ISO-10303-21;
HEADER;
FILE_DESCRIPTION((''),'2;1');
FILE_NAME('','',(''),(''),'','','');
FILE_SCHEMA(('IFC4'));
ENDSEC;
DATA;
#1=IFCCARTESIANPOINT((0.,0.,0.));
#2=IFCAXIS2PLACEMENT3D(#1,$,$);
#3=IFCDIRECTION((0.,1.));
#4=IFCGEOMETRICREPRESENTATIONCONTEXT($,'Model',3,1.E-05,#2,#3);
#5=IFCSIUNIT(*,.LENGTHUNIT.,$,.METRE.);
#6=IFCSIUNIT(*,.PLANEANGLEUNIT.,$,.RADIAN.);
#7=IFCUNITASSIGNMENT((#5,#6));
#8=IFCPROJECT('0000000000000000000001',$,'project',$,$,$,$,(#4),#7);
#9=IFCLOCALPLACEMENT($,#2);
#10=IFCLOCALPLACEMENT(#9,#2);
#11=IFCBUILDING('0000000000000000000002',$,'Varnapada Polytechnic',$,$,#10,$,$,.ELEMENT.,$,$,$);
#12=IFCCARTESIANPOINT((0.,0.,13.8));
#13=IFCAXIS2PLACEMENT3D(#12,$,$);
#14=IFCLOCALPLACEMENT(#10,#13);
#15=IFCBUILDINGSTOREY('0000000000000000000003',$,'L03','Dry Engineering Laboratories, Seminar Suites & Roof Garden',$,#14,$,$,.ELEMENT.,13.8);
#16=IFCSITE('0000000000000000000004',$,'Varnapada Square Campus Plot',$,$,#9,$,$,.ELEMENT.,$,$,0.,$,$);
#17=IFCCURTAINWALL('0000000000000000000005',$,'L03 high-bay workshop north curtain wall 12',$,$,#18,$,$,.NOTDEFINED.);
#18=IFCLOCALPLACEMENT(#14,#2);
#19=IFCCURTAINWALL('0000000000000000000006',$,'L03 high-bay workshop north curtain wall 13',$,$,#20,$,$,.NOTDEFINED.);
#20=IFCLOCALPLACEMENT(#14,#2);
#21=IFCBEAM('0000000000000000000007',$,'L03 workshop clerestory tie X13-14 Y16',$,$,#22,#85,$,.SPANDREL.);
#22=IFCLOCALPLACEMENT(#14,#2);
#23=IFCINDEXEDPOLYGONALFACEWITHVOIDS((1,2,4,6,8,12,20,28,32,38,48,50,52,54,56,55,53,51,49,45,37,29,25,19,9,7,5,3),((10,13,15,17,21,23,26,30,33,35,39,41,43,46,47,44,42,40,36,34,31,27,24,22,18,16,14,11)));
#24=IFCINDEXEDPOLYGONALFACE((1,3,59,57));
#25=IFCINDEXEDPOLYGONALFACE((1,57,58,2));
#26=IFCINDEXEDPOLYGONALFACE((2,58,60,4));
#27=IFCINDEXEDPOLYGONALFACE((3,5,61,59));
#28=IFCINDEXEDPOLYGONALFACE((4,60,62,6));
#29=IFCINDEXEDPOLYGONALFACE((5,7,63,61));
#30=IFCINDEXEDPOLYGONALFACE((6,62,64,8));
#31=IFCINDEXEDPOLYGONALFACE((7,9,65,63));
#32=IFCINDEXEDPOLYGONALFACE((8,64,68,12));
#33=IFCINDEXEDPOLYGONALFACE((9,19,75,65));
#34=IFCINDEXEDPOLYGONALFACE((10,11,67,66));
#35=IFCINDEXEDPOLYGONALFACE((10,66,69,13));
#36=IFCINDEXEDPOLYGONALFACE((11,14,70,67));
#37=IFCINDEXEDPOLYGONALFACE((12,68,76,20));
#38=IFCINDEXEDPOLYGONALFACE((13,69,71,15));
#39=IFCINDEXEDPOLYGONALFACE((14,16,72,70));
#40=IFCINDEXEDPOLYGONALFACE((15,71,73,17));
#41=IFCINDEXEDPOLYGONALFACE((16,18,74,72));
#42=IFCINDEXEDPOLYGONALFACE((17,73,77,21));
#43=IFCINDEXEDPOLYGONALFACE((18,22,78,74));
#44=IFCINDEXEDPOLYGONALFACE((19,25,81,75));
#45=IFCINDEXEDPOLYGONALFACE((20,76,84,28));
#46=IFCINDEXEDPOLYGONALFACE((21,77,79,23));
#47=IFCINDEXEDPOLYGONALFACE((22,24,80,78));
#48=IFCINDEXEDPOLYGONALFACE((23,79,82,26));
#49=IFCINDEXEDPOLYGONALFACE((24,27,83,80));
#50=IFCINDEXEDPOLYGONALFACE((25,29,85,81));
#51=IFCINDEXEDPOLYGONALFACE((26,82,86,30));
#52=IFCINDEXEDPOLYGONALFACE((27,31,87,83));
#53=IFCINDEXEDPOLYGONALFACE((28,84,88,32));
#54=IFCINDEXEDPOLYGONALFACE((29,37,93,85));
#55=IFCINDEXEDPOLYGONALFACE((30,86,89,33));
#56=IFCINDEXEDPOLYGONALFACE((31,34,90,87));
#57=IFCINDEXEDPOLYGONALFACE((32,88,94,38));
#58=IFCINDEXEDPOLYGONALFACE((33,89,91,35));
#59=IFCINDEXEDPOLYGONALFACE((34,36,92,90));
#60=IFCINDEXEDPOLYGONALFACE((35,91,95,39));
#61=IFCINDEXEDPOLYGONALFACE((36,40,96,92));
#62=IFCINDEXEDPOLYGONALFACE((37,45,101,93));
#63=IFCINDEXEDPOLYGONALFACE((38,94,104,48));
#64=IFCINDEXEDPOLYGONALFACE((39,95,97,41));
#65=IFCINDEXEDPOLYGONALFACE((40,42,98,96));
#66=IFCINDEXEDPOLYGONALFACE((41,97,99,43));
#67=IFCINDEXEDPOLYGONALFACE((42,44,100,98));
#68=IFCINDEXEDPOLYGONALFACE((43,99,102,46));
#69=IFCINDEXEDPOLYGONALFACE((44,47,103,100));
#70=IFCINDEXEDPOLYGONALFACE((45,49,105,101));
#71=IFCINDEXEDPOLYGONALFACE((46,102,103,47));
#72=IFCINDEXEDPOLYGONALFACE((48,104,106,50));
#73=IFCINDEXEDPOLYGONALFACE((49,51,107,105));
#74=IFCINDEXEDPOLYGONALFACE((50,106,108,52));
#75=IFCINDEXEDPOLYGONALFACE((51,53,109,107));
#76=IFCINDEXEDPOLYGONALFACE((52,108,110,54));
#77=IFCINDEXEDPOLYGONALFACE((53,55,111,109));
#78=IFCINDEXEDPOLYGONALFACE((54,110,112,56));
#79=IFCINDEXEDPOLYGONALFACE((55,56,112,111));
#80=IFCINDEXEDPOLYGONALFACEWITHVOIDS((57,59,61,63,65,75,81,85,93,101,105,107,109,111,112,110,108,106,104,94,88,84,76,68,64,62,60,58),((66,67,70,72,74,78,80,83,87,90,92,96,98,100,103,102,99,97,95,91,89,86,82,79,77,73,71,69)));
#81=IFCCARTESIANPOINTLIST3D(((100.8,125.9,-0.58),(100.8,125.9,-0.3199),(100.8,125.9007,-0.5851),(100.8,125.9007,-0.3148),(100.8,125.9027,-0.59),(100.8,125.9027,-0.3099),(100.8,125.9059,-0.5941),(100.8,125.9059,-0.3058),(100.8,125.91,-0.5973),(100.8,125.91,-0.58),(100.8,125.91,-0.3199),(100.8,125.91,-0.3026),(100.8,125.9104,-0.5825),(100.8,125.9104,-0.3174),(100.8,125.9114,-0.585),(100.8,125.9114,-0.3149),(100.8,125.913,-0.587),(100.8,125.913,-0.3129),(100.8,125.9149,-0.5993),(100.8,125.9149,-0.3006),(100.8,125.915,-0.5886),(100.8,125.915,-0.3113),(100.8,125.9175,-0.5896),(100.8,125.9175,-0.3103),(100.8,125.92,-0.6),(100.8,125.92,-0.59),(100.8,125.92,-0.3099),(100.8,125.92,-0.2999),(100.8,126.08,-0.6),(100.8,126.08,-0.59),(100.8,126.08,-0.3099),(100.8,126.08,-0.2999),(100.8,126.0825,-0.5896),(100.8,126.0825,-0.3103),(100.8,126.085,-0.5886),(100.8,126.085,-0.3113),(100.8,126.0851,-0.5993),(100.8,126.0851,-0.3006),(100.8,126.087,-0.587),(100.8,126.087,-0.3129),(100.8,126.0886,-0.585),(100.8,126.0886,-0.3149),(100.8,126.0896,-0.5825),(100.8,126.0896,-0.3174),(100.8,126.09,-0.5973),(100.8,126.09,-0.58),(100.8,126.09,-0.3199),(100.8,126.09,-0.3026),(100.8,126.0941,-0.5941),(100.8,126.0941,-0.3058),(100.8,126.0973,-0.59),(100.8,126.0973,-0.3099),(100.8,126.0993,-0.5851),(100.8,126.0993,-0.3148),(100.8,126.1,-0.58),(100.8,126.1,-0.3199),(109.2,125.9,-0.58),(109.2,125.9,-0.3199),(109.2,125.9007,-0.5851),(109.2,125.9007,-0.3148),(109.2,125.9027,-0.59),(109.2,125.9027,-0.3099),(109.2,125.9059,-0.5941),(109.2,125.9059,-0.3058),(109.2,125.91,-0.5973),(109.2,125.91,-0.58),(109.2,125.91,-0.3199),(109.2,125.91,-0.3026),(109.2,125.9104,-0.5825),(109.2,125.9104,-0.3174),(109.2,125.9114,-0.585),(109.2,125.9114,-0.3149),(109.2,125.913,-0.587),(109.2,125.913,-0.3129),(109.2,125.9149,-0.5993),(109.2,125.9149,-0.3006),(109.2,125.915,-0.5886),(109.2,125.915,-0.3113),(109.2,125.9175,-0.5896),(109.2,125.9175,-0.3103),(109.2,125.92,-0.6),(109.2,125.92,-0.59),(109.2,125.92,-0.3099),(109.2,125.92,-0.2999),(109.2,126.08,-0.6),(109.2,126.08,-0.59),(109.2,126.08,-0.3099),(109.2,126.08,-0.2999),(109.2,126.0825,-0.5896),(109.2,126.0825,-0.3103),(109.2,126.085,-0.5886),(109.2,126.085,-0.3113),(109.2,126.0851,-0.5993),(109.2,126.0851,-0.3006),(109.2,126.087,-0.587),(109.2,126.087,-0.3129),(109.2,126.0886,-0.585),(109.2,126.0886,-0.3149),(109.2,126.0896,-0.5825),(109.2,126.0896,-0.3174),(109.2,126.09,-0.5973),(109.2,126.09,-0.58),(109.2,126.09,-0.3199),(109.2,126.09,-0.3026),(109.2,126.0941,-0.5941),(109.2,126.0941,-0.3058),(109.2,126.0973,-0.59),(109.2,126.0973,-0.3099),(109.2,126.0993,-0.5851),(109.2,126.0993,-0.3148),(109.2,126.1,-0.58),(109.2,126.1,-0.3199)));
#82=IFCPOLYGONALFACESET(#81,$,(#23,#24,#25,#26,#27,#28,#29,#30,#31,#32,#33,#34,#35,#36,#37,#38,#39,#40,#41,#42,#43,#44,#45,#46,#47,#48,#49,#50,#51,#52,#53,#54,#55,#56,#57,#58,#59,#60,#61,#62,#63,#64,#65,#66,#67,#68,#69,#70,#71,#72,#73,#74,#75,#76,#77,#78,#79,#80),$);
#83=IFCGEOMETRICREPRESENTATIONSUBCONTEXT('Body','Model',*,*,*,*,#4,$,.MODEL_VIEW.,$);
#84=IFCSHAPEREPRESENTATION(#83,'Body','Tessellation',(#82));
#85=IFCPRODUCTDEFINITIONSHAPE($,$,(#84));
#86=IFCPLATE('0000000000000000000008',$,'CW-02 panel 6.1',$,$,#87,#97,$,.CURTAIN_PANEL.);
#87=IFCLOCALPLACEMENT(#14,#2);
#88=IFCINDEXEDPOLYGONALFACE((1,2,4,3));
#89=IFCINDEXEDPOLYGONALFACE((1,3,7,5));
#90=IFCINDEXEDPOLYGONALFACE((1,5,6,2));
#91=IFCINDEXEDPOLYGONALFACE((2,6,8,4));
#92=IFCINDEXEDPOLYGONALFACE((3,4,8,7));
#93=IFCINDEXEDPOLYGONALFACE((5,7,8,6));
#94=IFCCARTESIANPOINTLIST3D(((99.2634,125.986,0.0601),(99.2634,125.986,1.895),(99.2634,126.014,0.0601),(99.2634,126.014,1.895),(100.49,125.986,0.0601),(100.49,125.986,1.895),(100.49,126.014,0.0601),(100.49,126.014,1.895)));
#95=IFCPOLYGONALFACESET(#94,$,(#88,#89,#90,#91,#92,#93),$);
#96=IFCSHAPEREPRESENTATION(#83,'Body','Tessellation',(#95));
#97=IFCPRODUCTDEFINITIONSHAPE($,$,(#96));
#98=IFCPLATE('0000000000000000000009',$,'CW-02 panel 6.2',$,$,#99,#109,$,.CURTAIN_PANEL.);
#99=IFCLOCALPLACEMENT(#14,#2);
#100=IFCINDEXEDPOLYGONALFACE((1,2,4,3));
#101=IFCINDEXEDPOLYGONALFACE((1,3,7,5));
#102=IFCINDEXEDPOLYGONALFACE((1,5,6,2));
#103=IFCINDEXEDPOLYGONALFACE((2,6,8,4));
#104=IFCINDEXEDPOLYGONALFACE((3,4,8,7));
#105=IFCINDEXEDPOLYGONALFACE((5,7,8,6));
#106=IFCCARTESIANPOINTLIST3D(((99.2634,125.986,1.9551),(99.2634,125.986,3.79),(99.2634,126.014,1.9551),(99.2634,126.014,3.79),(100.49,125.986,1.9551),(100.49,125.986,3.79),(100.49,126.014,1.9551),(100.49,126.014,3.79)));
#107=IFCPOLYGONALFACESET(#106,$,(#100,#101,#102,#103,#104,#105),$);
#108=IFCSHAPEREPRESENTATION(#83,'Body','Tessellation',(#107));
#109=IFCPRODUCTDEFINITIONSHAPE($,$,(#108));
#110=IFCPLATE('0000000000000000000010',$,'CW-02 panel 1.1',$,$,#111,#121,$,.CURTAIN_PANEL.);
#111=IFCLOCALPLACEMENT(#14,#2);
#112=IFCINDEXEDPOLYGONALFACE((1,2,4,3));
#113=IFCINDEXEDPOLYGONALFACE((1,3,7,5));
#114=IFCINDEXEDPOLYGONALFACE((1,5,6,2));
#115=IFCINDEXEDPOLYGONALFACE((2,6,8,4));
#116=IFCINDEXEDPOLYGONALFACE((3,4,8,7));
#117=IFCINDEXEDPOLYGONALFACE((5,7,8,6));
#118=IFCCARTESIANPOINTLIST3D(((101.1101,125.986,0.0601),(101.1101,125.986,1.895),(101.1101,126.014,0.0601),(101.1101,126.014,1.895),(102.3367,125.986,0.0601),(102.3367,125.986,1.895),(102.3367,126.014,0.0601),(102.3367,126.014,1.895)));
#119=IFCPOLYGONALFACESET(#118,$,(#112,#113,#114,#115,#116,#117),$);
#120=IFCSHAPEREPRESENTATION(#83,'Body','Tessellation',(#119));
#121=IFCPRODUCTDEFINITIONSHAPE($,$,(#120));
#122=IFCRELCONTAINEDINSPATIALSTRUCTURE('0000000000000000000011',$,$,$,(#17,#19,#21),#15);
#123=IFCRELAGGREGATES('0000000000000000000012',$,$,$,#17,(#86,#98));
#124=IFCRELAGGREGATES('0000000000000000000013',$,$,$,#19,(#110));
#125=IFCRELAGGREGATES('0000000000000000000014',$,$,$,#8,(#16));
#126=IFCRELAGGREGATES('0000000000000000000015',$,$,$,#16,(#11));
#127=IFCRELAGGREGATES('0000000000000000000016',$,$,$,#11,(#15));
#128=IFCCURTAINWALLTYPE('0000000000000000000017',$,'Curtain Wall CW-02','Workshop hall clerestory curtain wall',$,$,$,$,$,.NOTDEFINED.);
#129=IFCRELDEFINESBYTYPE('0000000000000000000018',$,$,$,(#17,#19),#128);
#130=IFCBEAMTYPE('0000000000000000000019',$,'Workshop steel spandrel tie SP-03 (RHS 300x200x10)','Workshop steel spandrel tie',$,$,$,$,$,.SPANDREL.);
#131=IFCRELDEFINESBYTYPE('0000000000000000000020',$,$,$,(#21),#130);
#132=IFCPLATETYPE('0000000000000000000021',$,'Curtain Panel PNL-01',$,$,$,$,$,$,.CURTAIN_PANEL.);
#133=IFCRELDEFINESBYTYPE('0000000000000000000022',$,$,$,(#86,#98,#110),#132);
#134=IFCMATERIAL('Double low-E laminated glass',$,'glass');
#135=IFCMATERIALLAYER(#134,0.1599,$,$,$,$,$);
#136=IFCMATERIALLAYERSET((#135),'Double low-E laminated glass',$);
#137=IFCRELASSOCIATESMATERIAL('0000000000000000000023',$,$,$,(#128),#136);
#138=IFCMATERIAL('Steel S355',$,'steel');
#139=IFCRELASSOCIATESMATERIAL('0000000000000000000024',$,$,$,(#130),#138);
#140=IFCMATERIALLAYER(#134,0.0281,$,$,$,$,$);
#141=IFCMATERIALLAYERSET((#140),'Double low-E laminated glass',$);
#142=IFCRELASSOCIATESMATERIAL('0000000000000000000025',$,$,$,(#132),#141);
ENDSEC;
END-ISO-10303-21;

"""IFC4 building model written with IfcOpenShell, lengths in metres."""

from ifc_helpers import new_model, si_unit, direction, frame, origin, origin_2d, place, context, subcontext, project, spatial, rectangle, hollow_rectangle, extrude, material, layer, layer_set, material_profile, profile_set, type_object, element, aggregate, save


model = new_model("IFC4")

# Units and contexts
model_context = context("Model", 3, precision=1e-05, world=origin(), true_north=direction((0.0, 1.0)))
body_context = subcontext(model_context, "Body", "Model", "MODEL_VIEW")
ifc_project = project(units=[si_unit("LENGTHUNIT", "METRE"), si_unit("PLANEANGLEUNIT", "RADIAN")], contexts=[model_context])

# Site, building, storey
site_placement = place(None, origin())
site = spatial("IfcSite", under=ifc_project, at=site_placement, Name="Varnapada Square Campus Plot", CompositionType="ELEMENT", RefElevation=0.0)
building_placement = place(site_placement, origin())
building = spatial("IfcBuilding", under=site, at=building_placement, Name="Varnapada Polytechnic", CompositionType="ELEMENT")
storey_placement = place(building_placement, frame((0.0, 0.0, 13.8)))
storey = spatial("IfcBuildingStorey", under=building, at=storey_placement, Name="L03", Description="Dry Engineering Laboratories, Seminar Suites & Roof Garden", CompositionType="ELEMENT", Elevation=13.8)

# Shared definitions
ifc_material_1 = material(Name="Steel S355", Category="steel")

# Curtain walls
ifc_material_2 = material(Name="Double low-E laminated glass", Category="glass")
ifc_layer_1 = layer(ifc_material_2, 0.1599)
ifc_layer_set_1 = layer_set([ifc_layer_1], Name="Double low-E laminated glass")
curtain_wall_type = type_object("IfcCurtainWallType", Name="Curtain Wall CW-02", Description="Workshop hall clerestory curtain wall", PredefinedType="NOTDEFINED", material=ifc_layer_set_1)
curtain_wall_1_placement = place(storey_placement, origin())
curtain_wall_1 = element("IfcCurtainWall", 1, at=curtain_wall_1_placement, inside=storey, type_object=curtain_wall_type, Name="L03 high-bay workshop north curtain wall 12", PredefinedType="NOTDEFINED")
curtain_wall_2_placement = place(storey_placement, origin())
curtain_wall_2 = element("IfcCurtainWall", 2, at=curtain_wall_2_placement, inside=storey, type_object=curtain_wall_type, Name="L03 high-bay workshop north curtain wall 13", PredefinedType="NOTDEFINED")

# Beam
ifc_material_profile_1 = material_profile(ifc_material_1, hollow_rectangle(XDim=0.2, YDim=0.3, WallThickness=0.01, InnerFilletRadius=0.01, OuterFilletRadius=0.02, at=origin_2d()), Name="RHS 300x200x10")
ifc_profile_set_1 = profile_set([ifc_material_profile_1], Name="Steel S355")
beam_type = type_object("IfcBeamType", Name="Workshop steel spandrel tie SP-03 (RHS 300x200x10)", Description="Workshop steel spandrel tie", PredefinedType="SPANDREL", material=ifc_profile_set_1)
beam_placement = place(storey_placement, frame((100.8, 126.0, -0.45), z_axis=(1.0, 0.0, 0.0), x_axis=(0.0, 1.0, 0.0)))
element("IfcBeam", 3, at=beam_placement, inside=storey, type_object=beam_type, Name="L03 workshop clerestory tie X13-14 Y16", PredefinedType="SPANDREL", context=body_context, shape_type="SweptSolid", body=[
    extrude(hollow_rectangle(XDim=0.2, YDim=0.3, WallThickness=0.01, InnerFilletRadius=0.01, OuterFilletRadius=0.02, at=origin_2d()), origin(), (0.0, 0.0, 1.0), 8.3999),
])

# Plates
ifc_layer_2 = layer(ifc_material_2, 0.0281)
ifc_layer_set_2 = layer_set([ifc_layer_2], Name="Double low-E laminated glass")
plate_type = type_object("IfcPlateType", Name="Curtain Panel PNL-01", PredefinedType="CURTAIN_PANEL", material=ifc_layer_set_2)
plate_1_placement = place(storey_placement, frame((99.8767, 126.0, 0.0601), z_axis=(0.0, 0.0, 1.0), x_axis=(1.0, 0.0, 0.0)))
plate_1 = element("IfcPlate", 4, at=plate_1_placement, type_object=plate_type, Name="CW-02 panel 6.1", PredefinedType="CURTAIN_PANEL", context=body_context, shape_type="SweptSolid", body=[
    extrude(rectangle(XDim=1.2266, YDim=0.0281, at=origin_2d()), origin(), (0.0, 0.0, 1.0), 1.835),
])
plate_2_placement = place(storey_placement, frame((99.8767, 126.0, 1.9551), z_axis=(0.0, 0.0, 1.0), x_axis=(1.0, 0.0, 0.0)))
plate_2 = element("IfcPlate", 5, at=plate_2_placement, type_object=plate_type, Name="CW-02 panel 6.2", PredefinedType="CURTAIN_PANEL", context=body_context, shape_type="SweptSolid", body=[
    extrude(rectangle(XDim=1.2266, YDim=0.0281, at=origin_2d()), origin(), (0.0, 0.0, 1.0), 1.835),
])
aggregate(curtain_wall_1, [plate_1, plate_2])
plate_3_placement = place(storey_placement, frame((101.7234, 126.0, 0.0601), z_axis=(0.0, 0.0, 1.0), x_axis=(1.0, 0.0, 0.0)))
plate_3 = element("IfcPlate", 6, at=plate_3_placement, type_object=plate_type, Name="CW-02 panel 1.1", PredefinedType="CURTAIN_PANEL", context=body_context, shape_type="SweptSolid", body=[
    extrude(rectangle(XDim=1.2266, YDim=0.0281, at=origin_2d()), origin(), (0.0, 0.0, 1.0), 1.835),
])
aggregate(curtain_wall_2, [plate_3])

save(model, "model.ifc")
